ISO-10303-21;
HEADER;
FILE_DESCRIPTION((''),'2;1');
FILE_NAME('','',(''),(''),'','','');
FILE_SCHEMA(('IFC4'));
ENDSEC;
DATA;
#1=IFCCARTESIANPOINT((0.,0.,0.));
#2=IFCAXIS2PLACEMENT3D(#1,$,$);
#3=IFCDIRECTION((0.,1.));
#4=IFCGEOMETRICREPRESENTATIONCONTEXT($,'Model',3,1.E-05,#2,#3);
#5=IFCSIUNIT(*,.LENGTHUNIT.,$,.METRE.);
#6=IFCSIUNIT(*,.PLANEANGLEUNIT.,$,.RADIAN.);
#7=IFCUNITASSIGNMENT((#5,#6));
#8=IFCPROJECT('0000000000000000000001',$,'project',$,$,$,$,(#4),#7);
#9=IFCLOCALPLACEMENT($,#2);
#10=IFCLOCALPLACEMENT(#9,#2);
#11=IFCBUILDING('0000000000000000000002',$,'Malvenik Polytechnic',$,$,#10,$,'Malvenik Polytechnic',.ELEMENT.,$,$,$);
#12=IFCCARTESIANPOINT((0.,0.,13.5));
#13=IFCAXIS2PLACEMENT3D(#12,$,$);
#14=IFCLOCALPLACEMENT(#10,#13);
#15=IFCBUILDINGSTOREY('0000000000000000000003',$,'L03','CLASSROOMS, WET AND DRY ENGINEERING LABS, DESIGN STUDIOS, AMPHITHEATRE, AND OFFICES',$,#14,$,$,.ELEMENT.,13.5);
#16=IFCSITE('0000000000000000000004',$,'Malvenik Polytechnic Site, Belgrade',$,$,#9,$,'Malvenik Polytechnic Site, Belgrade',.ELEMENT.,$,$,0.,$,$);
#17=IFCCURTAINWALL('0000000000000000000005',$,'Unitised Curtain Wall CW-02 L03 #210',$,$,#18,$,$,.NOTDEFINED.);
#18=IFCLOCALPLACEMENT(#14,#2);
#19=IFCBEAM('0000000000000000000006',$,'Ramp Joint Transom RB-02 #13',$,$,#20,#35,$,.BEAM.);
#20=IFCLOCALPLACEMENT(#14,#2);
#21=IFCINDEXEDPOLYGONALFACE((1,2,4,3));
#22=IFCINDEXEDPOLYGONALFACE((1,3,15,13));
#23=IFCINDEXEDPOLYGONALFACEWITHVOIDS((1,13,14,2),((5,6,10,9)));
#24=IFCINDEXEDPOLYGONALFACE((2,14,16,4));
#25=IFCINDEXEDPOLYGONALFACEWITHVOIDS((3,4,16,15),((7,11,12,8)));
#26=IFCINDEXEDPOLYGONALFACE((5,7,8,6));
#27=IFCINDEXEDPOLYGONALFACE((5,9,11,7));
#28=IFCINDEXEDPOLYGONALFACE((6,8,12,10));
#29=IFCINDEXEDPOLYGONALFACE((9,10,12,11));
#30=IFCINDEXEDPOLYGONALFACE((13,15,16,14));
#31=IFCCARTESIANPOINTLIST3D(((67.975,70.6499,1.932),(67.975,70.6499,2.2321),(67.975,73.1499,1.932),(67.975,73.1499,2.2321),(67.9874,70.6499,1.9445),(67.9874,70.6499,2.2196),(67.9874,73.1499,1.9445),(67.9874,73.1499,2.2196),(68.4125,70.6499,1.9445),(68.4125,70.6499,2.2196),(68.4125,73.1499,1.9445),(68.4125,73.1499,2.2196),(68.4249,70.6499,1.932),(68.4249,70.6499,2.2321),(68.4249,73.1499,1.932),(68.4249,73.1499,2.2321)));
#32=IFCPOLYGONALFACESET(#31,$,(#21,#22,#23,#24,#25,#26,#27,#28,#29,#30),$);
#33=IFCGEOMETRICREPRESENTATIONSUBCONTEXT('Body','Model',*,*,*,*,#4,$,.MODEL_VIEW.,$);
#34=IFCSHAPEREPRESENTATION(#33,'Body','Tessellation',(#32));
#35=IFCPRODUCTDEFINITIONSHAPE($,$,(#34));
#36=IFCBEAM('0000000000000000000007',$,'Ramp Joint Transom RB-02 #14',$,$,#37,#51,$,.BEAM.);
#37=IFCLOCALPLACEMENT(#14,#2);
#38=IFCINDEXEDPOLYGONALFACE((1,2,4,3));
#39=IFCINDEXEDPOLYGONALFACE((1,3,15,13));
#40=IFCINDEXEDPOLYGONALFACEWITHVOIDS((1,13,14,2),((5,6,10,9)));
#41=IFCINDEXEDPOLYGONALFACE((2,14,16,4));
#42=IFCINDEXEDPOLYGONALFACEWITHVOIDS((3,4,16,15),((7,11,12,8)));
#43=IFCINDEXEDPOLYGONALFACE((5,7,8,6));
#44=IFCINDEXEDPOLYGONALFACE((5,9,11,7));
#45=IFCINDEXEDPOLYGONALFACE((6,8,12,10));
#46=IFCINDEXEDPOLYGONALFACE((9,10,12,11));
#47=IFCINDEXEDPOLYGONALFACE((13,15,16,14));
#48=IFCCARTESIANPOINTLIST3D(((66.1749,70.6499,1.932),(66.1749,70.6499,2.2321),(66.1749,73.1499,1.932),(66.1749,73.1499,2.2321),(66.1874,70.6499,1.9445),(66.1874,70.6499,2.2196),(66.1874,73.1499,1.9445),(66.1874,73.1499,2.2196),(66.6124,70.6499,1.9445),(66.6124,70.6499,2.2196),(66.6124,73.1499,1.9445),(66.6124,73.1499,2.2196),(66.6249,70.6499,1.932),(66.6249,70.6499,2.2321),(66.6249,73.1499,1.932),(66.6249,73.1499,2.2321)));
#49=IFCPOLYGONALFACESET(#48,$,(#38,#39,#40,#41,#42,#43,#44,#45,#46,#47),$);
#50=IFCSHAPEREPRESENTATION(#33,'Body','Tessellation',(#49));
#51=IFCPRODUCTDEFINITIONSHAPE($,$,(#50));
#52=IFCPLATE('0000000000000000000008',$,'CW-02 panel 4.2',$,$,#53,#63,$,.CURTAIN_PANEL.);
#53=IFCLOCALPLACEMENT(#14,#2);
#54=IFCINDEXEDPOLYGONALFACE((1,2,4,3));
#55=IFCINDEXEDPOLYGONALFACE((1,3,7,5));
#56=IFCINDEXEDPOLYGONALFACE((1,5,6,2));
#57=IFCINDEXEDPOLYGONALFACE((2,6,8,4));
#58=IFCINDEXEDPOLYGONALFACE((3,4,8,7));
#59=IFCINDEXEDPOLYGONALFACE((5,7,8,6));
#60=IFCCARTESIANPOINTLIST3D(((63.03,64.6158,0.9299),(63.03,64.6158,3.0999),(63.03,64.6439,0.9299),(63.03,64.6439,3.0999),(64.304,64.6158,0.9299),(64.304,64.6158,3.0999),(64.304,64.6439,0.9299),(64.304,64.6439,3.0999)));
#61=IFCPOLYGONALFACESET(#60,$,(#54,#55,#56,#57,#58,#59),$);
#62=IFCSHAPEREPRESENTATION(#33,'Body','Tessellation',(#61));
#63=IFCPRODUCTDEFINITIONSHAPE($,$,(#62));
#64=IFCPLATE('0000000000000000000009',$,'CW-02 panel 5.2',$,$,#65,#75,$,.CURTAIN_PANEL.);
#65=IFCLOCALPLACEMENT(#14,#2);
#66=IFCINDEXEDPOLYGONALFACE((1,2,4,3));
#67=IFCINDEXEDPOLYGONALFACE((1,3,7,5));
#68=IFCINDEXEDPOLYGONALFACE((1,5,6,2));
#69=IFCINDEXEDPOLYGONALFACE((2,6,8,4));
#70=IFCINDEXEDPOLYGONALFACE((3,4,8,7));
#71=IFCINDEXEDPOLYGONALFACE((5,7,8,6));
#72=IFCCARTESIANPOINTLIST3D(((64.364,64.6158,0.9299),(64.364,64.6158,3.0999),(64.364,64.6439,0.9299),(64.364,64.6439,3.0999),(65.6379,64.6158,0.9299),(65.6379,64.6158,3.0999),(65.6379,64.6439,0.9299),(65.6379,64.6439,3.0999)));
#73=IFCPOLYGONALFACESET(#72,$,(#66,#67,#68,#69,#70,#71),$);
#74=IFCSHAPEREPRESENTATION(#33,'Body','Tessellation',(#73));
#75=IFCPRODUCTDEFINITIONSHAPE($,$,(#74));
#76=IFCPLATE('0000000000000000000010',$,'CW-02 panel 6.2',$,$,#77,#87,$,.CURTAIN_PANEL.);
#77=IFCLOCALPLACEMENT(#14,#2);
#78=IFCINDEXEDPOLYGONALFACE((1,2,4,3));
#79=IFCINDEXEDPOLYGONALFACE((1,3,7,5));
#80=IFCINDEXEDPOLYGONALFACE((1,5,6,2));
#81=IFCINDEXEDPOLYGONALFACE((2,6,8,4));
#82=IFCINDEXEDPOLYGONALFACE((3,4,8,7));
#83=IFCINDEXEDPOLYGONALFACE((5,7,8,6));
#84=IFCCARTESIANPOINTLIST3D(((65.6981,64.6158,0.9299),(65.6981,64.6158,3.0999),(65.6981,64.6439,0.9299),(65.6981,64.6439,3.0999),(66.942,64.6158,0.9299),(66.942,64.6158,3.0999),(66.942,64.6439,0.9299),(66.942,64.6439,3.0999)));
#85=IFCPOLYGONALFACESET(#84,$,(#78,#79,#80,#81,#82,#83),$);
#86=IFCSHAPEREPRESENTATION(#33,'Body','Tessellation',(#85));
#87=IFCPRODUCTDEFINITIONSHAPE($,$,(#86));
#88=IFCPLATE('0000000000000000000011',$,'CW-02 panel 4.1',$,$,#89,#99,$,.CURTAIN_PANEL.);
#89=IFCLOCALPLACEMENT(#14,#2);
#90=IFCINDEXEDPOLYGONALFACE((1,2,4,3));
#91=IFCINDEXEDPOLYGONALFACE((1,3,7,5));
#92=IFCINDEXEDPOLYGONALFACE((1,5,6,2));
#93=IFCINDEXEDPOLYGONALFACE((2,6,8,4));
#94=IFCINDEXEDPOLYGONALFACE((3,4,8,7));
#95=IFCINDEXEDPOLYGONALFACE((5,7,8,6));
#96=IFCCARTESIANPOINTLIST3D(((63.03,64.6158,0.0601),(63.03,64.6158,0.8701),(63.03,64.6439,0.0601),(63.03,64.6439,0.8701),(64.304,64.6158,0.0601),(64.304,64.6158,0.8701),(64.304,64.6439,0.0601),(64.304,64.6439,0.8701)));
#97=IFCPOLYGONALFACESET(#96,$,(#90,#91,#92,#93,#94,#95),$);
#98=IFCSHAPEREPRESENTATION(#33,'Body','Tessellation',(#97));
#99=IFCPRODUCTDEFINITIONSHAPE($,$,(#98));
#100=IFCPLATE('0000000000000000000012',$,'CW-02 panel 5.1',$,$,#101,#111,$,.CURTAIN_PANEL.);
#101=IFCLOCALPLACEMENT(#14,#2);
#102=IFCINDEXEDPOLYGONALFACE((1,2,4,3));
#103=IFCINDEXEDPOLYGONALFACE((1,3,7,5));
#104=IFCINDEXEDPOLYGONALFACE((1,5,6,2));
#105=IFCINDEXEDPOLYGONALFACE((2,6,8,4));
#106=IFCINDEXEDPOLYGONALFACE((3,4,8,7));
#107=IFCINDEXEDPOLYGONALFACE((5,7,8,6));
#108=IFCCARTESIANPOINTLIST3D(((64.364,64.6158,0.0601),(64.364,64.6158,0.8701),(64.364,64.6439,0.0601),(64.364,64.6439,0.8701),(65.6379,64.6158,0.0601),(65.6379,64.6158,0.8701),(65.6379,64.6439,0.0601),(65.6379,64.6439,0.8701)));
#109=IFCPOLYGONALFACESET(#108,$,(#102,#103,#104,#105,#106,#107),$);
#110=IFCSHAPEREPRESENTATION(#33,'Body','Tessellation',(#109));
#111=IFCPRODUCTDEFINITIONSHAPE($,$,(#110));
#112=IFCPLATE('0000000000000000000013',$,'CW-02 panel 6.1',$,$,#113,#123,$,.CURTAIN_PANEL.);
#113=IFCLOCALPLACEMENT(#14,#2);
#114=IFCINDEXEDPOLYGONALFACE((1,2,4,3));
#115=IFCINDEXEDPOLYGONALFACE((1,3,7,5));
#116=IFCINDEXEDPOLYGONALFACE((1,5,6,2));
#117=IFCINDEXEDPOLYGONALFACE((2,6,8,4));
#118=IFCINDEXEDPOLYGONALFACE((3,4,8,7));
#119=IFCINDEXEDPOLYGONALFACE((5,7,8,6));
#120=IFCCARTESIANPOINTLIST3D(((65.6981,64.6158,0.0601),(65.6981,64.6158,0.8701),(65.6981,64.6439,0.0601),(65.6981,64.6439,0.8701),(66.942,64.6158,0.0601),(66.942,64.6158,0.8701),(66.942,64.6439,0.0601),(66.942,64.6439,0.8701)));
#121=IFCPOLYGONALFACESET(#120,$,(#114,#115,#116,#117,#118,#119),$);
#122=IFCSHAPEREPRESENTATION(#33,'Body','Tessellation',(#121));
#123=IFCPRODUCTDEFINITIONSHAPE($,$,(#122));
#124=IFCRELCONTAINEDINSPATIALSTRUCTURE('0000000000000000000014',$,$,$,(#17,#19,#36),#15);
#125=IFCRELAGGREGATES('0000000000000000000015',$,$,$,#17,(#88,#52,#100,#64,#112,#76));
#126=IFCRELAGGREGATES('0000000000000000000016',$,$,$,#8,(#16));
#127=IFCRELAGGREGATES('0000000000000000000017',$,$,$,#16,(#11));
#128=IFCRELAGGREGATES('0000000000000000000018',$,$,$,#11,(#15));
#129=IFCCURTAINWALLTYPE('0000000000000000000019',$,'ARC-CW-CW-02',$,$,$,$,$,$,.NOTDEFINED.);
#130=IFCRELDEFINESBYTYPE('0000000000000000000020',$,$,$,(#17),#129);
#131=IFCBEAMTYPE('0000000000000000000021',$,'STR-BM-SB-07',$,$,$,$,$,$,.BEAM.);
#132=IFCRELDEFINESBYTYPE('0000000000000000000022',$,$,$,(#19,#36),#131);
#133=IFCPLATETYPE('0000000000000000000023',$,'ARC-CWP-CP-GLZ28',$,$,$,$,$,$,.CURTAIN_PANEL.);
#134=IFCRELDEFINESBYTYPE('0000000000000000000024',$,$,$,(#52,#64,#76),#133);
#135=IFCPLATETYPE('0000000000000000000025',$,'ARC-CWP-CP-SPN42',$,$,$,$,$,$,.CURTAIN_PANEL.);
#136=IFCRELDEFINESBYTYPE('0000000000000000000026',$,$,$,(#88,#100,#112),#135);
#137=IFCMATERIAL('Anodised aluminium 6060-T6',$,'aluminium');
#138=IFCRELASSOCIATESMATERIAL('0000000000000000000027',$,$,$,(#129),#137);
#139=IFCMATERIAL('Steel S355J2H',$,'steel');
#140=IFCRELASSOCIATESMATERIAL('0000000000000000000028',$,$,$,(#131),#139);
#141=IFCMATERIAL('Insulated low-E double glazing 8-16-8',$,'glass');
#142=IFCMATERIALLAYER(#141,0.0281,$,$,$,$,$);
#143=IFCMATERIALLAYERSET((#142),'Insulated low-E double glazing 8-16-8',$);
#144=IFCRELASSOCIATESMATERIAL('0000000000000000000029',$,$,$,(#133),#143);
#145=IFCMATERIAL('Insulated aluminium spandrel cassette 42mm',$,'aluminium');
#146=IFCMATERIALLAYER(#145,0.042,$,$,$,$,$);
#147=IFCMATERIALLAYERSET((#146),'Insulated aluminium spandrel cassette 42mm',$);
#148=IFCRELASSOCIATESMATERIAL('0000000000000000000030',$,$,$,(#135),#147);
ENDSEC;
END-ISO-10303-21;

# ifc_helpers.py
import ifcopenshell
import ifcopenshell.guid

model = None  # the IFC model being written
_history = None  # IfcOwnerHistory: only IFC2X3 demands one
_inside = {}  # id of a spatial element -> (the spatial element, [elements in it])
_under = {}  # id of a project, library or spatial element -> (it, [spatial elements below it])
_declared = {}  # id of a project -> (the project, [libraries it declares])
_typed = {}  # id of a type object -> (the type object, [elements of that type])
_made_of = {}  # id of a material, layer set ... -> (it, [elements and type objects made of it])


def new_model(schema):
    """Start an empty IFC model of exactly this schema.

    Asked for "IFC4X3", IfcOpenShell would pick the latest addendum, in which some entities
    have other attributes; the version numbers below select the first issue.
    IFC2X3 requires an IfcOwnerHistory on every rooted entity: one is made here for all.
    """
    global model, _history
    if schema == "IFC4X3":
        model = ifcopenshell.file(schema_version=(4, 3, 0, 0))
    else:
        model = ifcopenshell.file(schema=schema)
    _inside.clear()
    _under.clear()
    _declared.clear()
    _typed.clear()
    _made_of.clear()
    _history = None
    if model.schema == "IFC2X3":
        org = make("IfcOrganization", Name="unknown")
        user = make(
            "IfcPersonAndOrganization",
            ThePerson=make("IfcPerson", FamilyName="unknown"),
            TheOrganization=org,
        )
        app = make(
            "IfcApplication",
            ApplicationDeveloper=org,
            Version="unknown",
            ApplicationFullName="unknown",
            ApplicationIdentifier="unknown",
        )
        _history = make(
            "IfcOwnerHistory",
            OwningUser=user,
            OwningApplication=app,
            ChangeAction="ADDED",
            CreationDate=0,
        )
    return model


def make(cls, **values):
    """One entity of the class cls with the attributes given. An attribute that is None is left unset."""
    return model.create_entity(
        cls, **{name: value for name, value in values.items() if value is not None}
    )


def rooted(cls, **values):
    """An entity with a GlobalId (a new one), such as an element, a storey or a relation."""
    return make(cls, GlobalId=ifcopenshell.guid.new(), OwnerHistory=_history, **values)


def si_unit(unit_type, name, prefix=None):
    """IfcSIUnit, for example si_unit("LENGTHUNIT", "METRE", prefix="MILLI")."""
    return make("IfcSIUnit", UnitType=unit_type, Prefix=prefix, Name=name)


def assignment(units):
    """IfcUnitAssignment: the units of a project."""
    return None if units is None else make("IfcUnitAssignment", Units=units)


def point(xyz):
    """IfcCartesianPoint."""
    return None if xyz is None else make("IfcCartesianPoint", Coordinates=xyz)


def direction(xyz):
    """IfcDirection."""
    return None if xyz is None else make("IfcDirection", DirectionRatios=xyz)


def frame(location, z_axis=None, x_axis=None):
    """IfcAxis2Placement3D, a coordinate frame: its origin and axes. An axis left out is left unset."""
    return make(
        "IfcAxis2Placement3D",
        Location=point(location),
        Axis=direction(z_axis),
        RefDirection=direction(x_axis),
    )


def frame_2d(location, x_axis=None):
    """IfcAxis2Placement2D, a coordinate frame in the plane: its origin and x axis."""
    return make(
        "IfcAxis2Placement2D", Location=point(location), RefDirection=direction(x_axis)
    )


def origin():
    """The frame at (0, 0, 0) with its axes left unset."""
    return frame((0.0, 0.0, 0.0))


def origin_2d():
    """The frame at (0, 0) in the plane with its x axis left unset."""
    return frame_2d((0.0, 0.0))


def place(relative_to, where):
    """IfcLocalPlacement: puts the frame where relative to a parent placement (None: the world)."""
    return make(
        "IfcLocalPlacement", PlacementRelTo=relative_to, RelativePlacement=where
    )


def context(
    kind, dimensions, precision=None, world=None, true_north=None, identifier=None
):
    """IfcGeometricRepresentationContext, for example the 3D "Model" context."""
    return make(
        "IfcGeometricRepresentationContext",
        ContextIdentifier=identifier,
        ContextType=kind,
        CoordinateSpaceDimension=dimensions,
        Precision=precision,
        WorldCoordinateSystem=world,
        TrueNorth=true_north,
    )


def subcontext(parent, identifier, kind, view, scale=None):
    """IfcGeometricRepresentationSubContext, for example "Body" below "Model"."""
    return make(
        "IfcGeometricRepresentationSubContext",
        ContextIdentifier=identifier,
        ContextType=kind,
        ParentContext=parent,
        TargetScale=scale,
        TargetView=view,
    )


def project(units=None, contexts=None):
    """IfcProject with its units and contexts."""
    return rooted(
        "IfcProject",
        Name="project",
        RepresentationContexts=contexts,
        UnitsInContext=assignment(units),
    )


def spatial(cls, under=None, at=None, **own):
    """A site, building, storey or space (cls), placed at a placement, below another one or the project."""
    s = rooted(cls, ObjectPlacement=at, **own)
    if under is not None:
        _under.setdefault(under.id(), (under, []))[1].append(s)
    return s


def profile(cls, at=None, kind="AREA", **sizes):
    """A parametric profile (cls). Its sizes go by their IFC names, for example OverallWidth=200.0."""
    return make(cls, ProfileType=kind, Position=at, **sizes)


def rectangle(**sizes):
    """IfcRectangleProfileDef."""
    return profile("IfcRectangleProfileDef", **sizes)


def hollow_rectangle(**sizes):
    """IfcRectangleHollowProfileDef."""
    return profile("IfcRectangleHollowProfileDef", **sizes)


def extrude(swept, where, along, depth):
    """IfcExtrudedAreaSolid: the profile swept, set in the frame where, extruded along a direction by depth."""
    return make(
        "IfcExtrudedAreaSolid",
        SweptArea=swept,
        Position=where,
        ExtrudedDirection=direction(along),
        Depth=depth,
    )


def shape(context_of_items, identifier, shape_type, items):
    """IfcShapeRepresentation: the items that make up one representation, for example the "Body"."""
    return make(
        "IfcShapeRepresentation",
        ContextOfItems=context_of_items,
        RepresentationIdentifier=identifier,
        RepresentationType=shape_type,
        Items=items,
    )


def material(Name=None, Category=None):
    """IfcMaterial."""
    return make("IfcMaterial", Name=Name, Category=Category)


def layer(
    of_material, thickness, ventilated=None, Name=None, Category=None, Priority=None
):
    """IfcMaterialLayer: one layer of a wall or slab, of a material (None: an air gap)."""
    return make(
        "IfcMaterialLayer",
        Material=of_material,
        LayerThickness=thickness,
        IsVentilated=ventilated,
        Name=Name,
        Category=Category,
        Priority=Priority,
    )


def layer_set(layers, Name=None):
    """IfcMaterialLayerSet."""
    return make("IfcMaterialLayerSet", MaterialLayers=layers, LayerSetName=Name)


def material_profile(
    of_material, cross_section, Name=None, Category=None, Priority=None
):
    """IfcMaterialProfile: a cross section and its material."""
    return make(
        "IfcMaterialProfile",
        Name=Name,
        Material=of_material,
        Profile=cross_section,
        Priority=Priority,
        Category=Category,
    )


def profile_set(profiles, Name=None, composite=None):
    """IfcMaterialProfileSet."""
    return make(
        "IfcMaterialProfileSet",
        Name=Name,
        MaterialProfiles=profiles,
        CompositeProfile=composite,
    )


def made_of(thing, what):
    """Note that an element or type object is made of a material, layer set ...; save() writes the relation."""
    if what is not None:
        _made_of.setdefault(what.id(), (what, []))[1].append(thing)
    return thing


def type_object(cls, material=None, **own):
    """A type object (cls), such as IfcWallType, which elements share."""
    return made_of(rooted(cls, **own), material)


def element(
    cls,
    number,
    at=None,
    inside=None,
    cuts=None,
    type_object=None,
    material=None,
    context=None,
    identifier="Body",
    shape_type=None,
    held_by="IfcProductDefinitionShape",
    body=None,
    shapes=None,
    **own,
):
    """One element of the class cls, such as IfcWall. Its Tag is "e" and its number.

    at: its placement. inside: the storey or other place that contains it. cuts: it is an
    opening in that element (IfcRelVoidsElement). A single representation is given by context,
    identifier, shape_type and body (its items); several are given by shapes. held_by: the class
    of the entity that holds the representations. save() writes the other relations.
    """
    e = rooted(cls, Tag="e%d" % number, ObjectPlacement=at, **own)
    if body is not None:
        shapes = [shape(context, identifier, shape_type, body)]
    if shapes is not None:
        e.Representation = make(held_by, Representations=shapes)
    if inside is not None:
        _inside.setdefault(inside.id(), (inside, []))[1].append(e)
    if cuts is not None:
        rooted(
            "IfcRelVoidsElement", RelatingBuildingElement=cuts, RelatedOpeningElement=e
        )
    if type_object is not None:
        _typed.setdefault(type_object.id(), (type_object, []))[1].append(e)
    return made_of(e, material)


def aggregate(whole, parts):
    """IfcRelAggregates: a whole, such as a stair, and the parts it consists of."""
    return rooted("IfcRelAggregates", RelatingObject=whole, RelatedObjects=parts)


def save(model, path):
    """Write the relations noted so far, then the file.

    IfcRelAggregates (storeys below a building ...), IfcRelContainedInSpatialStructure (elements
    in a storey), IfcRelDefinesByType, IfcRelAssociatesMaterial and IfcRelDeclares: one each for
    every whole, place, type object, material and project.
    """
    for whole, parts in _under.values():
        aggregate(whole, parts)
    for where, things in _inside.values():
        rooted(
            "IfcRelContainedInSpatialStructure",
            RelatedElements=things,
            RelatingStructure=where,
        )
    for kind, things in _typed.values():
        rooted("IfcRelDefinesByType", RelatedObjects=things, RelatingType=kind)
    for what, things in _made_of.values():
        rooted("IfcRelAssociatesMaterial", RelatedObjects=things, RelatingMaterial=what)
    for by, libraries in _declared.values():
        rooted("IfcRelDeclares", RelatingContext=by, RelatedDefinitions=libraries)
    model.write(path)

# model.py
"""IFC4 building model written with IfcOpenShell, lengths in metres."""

from ifc_helpers import new_model, si_unit, direction, frame, origin, origin_2d, place, context, subcontext, project, spatial, rectangle, hollow_rectangle, extrude, material, layer, layer_set, material_profile, profile_set, type_object, element, aggregate, save


model = new_model("IFC4")

# Units and contexts
model_context = context("Model", 3, precision=1e-05, world=origin(), true_north=direction((0.0, 1.0)))
body_context = subcontext(model_context, "Body", "Model", "MODEL_VIEW")
ifc_project = project(units=[si_unit("LENGTHUNIT", "METRE"), si_unit("PLANEANGLEUNIT", "RADIAN")], contexts=[model_context])

# Site, building, storey
site_placement = place(None, origin())
site = spatial("IfcSite", under=ifc_project, at=site_placement, Name="Malvenik Polytechnic Site, Belgrade", LongName="Malvenik Polytechnic Site, Belgrade", CompositionType="ELEMENT", RefElevation=0.0)
building_placement = place(site_placement, origin())
building = spatial("IfcBuilding", under=site, at=building_placement, Name="Malvenik Polytechnic", LongName="Malvenik Polytechnic", CompositionType="ELEMENT")
storey_placement = place(building_placement, frame((0.0, 0.0, 13.5)))
storey = spatial("IfcBuildingStorey", under=building, at=storey_placement, Name="L03", Description="CLASSROOMS, WET AND DRY ENGINEERING LABS, DESIGN STUDIOS, AMPHITHEATRE, AND OFFICES", CompositionType="ELEMENT", Elevation=13.5)

# Curtain wall
ifc_material_1 = material(Name="Anodised aluminium 6060-T6", Category="aluminium")
curtain_wall_type = type_object("IfcCurtainWallType", Name="ARC-CW-CW-02", PredefinedType="NOTDEFINED", material=ifc_material_1)
curtain_wall_placement = place(storey_placement, origin())
curtain_wall = element("IfcCurtainWall", 1, at=curtain_wall_placement, inside=storey, type_object=curtain_wall_type, Name="Unitised Curtain Wall CW-02 L03 #210", PredefinedType="NOTDEFINED")

# Beams
ifc_material_2 = material(Name="Steel S355J2H", Category="steel")
ifc_material_profile_1 = material_profile(ifc_material_2, hollow_rectangle(XDim=0.45, YDim=0.3, WallThickness=0.0125, at=origin_2d()), Name="RHS 450x300x12.5")
ifc_profile_set_1 = profile_set([ifc_material_profile_1], Name="Steel S355J2H")
beam_type = type_object("IfcBeamType", Name="STR-BM-SB-07", PredefinedType="BEAM", material=ifc_profile_set_1)
for number, where, z_axis, x_axis, name in (
    (2, (68.2, 70.6499, 2.082), (0.0, 1.0, 0.0), (-1.0, 0.0, 0.0), "Ramp Joint Transom RB-02 #13"),
    (3, (66.3999, 70.6499, 2.082), (0.0, 1.0, 0.0), (-1.0, 0.0, 0.0), "Ramp Joint Transom RB-02 #14"),
):
    element("IfcBeam", number, at=place(storey_placement, frame(where, z_axis=z_axis, x_axis=x_axis)), inside=storey, type_object=beam_type, Name=name, PredefinedType="BEAM", context=body_context, shape_type="SweptSolid", body=[
        extrude(hollow_rectangle(XDim=0.45, YDim=0.3, WallThickness=0.0125, at=origin_2d()), origin(), (0.0, 0.0, 1.0), 2.5),
    ])

# Plates
ifc_material_3 = material(Name="Insulated low-E double glazing 8-16-8", Category="glass")
ifc_layer_1 = layer(ifc_material_3, 0.0281)
ifc_layer_set_1 = layer_set([ifc_layer_1], Name="Insulated low-E double glazing 8-16-8")
plate_type_1 = type_object("IfcPlateType", Name="ARC-CWP-CP-GLZ28", PredefinedType="CURTAIN_PANEL", material=ifc_layer_set_1)
plate_1_placement = place(storey_placement, frame((63.667, 64.6299, 0.9299), z_axis=(0.0, 0.0, 1.0), x_axis=(1.0, 0.0, 0.0)))
plate_1 = element("IfcPlate", 4, at=plate_1_placement, type_object=plate_type_1, Name="CW-02 panel 4.2", PredefinedType="CURTAIN_PANEL", context=body_context, shape_type="SweptSolid", body=[
    extrude(rectangle(XDim=1.2739, YDim=0.0281, at=origin_2d()), origin(), (0.0, 0.0, 1.0), 2.1699),
])
plate_2_placement = place(storey_placement, frame((65.001, 64.6299, 0.9299), z_axis=(0.0, 0.0, 1.0), x_axis=(1.0, 0.0, 0.0)))
plate_2 = element("IfcPlate", 5, at=plate_2_placement, type_object=plate_type_1, Name="CW-02 panel 5.2", PredefinedType="CURTAIN_PANEL", context=body_context, shape_type="SweptSolid", body=[
    extrude(rectangle(XDim=1.2739, YDim=0.0281, at=origin_2d()), origin(), (0.0, 0.0, 1.0), 2.1699),
])
plate_3_placement = place(storey_placement, frame((66.3201, 64.6299, 0.9299), z_axis=(0.0, 0.0, 1.0), x_axis=(1.0, 0.0, 0.0)))
plate_3 = element("IfcPlate", 6, at=plate_3_placement, type_object=plate_type_1, Name="CW-02 panel 6.2", PredefinedType="CURTAIN_PANEL", context=body_context, shape_type="SweptSolid", body=[
    extrude(rectangle(XDim=1.2439, YDim=0.0281, at=origin_2d()), origin(), (0.0, 0.0, 1.0), 2.1699),
])
ifc_material_4 = material(Name="Insulated aluminium spandrel cassette 42mm", Category="aluminium")
ifc_layer_2 = layer(ifc_material_4, 0.042)
ifc_layer_set_2 = layer_set([ifc_layer_2], Name="Insulated aluminium spandrel cassette 42mm")
plate_type_2 = type_object("IfcPlateType", Name="ARC-CWP-CP-SPN42", PredefinedType="CURTAIN_PANEL", material=ifc_layer_set_2)
plate_4_placement = place(storey_placement, frame((63.667, 64.6299, 0.0601), z_axis=(0.0, 0.0, 1.0), x_axis=(1.0, 0.0, 0.0)))
plate_4 = element("IfcPlate", 7, at=plate_4_placement, type_object=plate_type_2, Name="CW-02 panel 4.1", PredefinedType="CURTAIN_PANEL", context=body_context, shape_type="SweptSolid", body=[
    extrude(rectangle(XDim=1.2739, YDim=0.0281, at=origin_2d()), origin(), (0.0, 0.0, 1.0), 0.8101),
])
plate_5_placement = place(storey_placement, frame((65.001, 64.6299, 0.0601), z_axis=(0.0, 0.0, 1.0), x_axis=(1.0, 0.0, 0.0)))
plate_5 = element("IfcPlate", 8, at=plate_5_placement, type_object=plate_type_2, Name="CW-02 panel 5.1", PredefinedType="CURTAIN_PANEL", context=body_context, shape_type="SweptSolid", body=[
    extrude(rectangle(XDim=1.2739, YDim=0.0281, at=origin_2d()), origin(), (0.0, 0.0, 1.0), 0.8101),
])
plate_6_placement = place(storey_placement, frame((66.3201, 64.6299, 0.0601), z_axis=(0.0, 0.0, 1.0), x_axis=(1.0, 0.0, 0.0)))
plate_6 = element("IfcPlate", 9, at=plate_6_placement, type_object=plate_type_2, Name="CW-02 panel 6.1", PredefinedType="CURTAIN_PANEL", context=body_context, shape_type="SweptSolid", body=[
    extrude(rectangle(XDim=1.2439, YDim=0.0281, at=origin_2d()), origin(), (0.0, 0.0, 1.0), 0.8101),
])
aggregate(curtain_wall, [plate_4, plate_1, plate_5, plate_2, plate_6, plate_3])

save(model, "model.ifc")
